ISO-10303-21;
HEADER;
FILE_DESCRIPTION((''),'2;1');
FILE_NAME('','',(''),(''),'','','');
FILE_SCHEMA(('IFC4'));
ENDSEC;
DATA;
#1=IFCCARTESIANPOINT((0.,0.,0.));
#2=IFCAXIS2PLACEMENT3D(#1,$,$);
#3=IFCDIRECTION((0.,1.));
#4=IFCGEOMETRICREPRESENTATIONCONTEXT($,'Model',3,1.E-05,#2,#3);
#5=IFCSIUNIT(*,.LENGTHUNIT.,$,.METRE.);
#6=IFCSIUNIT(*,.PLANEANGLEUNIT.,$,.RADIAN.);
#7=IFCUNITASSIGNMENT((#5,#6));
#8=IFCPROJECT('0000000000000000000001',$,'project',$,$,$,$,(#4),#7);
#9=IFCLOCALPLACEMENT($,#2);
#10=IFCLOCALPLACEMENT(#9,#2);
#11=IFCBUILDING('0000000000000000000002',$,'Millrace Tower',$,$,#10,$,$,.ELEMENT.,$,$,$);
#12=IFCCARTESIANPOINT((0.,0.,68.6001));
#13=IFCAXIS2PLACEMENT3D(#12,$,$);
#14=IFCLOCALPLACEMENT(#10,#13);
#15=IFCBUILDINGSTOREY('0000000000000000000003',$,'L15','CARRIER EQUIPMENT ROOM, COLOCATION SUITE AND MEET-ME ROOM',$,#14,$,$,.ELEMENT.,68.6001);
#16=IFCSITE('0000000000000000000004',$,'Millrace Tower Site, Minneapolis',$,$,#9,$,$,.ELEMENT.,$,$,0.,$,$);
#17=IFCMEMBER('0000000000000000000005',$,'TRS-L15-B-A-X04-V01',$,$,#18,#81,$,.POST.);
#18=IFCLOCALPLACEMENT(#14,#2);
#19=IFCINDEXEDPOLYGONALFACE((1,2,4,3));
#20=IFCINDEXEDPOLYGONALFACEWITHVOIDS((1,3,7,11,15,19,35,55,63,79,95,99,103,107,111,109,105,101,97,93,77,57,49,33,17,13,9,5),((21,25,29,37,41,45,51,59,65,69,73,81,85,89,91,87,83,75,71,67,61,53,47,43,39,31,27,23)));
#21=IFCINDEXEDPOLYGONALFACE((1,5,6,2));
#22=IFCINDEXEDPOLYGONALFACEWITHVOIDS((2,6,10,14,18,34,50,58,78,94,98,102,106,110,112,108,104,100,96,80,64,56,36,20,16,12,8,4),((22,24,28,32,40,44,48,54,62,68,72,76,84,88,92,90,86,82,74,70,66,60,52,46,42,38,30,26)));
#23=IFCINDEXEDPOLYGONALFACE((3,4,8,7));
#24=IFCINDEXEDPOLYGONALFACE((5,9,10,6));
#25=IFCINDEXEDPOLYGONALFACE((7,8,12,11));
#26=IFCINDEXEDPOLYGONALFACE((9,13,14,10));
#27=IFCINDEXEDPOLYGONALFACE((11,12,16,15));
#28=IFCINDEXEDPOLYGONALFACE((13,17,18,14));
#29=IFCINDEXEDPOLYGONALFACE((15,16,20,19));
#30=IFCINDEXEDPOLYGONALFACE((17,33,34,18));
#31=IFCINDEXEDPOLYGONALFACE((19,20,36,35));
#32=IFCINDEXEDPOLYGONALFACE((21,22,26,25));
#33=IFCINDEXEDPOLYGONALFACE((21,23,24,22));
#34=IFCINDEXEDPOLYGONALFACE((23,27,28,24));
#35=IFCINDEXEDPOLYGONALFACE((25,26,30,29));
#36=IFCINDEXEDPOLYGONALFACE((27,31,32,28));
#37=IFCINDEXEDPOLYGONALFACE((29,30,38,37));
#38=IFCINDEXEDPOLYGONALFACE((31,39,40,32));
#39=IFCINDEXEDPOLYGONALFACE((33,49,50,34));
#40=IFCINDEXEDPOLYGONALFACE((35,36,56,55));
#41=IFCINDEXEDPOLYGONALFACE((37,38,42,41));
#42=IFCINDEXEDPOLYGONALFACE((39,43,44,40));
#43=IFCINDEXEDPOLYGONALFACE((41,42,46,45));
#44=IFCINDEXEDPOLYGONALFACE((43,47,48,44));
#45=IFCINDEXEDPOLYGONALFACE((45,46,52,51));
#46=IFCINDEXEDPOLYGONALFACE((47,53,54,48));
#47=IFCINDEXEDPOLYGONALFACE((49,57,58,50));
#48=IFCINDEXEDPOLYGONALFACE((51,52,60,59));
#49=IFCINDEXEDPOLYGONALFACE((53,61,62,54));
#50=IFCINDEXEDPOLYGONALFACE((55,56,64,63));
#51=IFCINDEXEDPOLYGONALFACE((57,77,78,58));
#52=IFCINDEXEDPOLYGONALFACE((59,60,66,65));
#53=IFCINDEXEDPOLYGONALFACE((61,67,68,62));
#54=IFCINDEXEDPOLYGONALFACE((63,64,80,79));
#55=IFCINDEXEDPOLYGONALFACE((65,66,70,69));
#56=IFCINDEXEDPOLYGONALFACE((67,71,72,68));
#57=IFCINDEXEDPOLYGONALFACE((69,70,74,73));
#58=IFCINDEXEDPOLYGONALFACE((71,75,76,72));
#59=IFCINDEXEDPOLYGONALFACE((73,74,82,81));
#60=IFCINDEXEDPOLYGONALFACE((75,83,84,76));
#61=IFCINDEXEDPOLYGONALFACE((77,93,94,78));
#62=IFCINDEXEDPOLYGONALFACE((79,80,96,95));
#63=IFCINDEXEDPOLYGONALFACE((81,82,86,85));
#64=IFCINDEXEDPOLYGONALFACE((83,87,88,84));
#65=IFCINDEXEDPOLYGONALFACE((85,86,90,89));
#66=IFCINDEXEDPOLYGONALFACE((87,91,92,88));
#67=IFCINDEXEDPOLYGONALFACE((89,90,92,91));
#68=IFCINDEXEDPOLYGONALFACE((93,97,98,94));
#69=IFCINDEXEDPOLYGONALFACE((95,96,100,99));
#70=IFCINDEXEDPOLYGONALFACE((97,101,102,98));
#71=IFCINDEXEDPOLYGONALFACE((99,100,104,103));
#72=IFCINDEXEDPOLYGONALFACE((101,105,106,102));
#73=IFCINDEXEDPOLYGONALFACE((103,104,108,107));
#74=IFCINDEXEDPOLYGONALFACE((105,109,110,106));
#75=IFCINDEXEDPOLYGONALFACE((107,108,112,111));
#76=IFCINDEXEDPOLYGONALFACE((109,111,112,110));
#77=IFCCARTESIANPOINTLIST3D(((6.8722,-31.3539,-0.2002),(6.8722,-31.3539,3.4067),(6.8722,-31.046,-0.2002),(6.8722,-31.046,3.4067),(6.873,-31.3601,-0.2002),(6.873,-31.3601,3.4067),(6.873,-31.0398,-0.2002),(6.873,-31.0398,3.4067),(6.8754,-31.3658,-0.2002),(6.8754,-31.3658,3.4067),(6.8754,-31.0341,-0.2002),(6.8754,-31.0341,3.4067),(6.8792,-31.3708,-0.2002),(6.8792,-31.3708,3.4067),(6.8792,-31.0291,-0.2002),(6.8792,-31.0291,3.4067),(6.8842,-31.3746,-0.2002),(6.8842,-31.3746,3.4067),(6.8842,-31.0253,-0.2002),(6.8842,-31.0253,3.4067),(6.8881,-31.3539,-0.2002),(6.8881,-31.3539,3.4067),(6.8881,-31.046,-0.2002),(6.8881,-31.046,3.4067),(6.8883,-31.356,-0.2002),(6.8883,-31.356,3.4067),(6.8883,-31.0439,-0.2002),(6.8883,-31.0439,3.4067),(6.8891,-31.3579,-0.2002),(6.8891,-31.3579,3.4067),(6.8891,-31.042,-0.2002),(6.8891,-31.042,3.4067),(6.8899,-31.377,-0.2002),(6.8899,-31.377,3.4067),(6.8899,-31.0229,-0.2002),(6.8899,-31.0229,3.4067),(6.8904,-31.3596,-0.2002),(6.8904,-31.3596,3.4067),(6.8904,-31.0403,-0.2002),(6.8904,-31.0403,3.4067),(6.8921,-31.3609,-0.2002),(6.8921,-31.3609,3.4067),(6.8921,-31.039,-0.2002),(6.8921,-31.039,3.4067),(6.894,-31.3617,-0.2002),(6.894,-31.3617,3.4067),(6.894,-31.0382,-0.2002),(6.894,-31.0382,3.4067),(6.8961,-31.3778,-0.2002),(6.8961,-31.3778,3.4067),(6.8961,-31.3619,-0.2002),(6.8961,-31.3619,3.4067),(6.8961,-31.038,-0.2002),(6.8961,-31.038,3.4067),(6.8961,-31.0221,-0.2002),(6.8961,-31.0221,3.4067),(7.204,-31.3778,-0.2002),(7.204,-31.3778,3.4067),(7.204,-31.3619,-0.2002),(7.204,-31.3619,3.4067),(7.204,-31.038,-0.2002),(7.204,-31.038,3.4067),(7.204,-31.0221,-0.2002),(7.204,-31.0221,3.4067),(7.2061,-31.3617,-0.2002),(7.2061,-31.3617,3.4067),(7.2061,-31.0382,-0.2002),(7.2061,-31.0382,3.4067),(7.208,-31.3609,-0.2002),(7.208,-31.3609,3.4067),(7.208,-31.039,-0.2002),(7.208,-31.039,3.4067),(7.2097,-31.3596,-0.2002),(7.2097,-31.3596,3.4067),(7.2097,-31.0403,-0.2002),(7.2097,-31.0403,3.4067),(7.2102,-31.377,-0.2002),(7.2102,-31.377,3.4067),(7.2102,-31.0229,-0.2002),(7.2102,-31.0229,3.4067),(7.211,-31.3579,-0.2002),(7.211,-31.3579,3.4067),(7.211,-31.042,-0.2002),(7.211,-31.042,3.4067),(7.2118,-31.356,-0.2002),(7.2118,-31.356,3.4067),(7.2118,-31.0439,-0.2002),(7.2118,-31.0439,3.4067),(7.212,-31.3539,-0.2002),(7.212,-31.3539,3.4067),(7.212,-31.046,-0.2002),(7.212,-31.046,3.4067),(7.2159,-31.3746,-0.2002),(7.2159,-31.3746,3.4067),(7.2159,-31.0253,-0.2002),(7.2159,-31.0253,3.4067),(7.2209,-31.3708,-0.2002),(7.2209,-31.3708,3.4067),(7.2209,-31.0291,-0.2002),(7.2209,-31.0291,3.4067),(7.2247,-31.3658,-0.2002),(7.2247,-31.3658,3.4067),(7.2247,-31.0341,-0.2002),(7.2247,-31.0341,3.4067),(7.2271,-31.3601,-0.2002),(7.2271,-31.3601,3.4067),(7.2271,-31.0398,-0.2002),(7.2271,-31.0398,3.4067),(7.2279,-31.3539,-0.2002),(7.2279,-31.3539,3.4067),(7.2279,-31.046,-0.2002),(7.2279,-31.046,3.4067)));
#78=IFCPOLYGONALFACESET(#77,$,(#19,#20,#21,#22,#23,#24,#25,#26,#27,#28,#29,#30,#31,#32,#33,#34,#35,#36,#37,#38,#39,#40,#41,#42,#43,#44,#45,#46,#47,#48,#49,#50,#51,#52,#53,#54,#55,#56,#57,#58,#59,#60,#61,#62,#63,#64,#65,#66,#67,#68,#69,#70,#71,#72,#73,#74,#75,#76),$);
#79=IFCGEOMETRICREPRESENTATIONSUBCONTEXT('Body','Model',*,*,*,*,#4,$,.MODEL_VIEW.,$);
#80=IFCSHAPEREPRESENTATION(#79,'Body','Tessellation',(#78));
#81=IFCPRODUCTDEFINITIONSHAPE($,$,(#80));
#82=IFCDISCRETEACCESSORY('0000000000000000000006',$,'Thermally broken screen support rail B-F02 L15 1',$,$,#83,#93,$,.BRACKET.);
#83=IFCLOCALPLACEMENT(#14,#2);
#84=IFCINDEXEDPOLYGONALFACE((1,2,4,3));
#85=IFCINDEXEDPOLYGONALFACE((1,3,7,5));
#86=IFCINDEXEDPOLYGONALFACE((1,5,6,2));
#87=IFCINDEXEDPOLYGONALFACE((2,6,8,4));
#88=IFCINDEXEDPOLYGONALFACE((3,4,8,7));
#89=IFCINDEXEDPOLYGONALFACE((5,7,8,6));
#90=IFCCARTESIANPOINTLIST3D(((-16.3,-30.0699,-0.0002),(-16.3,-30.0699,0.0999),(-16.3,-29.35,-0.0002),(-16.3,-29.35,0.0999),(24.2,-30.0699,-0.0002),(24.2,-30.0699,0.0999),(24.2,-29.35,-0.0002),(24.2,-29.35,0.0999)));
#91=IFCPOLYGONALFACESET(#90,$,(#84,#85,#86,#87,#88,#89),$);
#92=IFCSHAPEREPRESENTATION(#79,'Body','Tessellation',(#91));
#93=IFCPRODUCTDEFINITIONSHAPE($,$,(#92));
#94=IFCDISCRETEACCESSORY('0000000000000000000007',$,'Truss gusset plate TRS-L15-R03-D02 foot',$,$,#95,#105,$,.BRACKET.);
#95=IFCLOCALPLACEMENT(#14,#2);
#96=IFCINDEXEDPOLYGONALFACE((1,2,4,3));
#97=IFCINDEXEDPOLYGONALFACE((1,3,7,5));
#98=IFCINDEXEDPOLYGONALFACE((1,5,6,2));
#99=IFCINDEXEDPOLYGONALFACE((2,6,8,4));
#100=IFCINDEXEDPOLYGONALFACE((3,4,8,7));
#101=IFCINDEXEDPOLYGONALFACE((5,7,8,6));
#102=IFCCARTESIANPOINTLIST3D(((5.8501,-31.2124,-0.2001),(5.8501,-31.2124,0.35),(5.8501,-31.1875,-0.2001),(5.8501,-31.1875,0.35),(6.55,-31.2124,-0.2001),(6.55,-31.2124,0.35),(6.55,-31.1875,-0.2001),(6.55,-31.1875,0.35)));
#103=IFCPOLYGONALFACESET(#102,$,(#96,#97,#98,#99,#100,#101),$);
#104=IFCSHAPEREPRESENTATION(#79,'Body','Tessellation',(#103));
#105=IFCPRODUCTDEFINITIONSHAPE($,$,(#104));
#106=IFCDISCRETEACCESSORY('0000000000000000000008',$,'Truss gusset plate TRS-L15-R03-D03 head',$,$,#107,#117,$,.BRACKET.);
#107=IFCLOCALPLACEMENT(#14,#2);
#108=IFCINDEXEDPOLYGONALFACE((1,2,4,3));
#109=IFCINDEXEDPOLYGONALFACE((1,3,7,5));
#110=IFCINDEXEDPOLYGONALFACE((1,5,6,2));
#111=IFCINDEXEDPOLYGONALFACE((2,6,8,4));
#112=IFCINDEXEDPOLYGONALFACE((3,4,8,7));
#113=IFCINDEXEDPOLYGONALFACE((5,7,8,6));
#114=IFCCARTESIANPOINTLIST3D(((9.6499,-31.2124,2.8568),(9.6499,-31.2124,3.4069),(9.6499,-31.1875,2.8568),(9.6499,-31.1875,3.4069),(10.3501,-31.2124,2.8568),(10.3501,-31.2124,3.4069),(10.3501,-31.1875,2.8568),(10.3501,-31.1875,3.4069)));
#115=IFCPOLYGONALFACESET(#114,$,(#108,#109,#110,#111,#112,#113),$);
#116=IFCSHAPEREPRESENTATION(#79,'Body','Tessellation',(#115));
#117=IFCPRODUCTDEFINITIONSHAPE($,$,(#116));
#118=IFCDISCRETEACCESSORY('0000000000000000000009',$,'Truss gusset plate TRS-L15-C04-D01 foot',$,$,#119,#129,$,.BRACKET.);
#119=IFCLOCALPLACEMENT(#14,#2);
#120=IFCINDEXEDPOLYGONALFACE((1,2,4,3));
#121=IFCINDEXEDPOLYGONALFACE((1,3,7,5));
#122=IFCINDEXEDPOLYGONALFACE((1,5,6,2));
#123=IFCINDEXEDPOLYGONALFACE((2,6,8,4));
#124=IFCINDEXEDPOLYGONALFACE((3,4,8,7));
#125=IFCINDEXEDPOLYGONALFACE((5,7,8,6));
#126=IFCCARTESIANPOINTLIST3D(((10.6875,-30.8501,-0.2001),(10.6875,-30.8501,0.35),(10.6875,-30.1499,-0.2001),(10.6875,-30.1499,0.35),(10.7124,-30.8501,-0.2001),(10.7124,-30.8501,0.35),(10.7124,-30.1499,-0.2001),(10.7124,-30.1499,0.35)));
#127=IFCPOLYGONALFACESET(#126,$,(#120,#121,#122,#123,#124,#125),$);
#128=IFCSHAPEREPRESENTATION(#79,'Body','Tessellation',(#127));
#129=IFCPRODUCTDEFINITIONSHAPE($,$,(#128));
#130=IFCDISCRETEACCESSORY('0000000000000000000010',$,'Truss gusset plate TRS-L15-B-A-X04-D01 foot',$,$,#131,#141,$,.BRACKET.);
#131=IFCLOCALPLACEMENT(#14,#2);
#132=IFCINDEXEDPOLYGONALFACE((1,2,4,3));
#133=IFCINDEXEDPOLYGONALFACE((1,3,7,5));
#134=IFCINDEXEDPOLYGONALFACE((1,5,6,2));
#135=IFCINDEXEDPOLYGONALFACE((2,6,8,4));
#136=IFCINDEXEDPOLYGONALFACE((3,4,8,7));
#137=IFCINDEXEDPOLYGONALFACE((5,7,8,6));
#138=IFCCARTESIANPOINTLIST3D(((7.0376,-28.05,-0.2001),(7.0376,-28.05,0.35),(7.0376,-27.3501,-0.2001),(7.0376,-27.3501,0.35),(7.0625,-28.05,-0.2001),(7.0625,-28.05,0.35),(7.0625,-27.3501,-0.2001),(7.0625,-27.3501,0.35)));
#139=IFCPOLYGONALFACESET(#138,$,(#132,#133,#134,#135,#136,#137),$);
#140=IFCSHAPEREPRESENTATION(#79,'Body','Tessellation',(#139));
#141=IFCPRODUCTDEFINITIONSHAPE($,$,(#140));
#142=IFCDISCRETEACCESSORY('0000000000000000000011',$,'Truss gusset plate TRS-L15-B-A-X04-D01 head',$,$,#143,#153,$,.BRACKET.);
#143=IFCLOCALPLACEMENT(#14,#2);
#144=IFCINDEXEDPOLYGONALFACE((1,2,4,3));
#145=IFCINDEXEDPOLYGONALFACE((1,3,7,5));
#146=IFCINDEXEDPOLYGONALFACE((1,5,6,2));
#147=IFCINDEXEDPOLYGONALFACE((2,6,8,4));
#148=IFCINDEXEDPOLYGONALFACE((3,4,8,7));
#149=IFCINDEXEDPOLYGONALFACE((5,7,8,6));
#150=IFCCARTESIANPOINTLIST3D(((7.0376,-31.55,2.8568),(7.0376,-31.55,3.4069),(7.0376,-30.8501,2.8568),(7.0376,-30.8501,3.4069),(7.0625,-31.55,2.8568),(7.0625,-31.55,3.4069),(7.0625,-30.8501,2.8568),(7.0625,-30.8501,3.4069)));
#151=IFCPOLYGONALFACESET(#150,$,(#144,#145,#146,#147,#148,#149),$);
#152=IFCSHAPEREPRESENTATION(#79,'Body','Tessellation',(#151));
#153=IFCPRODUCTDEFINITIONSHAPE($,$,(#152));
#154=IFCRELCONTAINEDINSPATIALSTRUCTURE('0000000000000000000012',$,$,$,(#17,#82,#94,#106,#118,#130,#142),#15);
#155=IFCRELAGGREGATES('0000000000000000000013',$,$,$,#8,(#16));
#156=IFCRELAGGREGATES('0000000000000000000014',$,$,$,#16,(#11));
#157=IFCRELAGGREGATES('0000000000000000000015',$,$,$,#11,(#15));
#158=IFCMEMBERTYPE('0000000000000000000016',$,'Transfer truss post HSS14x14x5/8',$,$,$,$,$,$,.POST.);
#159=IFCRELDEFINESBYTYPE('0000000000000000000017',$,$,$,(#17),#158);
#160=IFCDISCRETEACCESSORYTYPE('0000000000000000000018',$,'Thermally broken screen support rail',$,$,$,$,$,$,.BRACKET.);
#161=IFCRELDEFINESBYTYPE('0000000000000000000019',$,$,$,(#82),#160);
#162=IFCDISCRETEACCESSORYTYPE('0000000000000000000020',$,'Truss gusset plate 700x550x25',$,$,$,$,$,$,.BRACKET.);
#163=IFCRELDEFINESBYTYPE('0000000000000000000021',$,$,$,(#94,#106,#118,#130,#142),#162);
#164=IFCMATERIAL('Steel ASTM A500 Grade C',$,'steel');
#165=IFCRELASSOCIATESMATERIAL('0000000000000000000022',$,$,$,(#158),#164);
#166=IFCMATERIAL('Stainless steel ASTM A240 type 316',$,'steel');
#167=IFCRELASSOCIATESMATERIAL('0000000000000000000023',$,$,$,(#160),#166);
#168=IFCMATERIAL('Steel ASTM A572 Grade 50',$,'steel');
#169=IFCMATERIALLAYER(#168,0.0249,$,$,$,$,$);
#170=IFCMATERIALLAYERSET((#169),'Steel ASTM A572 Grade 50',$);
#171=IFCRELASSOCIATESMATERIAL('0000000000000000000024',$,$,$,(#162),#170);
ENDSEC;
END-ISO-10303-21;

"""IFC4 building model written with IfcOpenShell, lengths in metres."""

from ifc_helpers import new_model, si_unit, direction, frame, origin, origin_2d, place, context, subcontext, project, spatial, rectangle, hollow_rectangle, extrude, material, layer, layer_set, material_profile, profile_set, type_object, element, save


model = new_model("IFC4")

# Units and contexts
model_context = context("Model", 3, precision=1e-05, world=origin(), true_north=direction((0.0, 1.0)))
body_context = subcontext(model_context, "Body", "Model", "MODEL_VIEW")
ifc_project = project(units=[si_unit("LENGTHUNIT", "METRE"), si_unit("PLANEANGLEUNIT", "RADIAN")], contexts=[model_context])

# Site, building, storey
site_placement = place(None, origin())
site = spatial("IfcSite", under=ifc_project, at=site_placement, Name="Millrace Tower Site, Minneapolis", CompositionType="ELEMENT", RefElevation=0.0)
building_placement = place(site_placement, origin())
building = spatial("IfcBuilding", under=site, at=building_placement, Name="Millrace Tower", CompositionType="ELEMENT")
storey_placement = place(building_placement, frame((0.0, 0.0, 68.6001)))
storey = spatial("IfcBuildingStorey", under=building, at=storey_placement, Name="L15", Description="CARRIER EQUIPMENT ROOM, COLOCATION SUITE AND MEET-ME ROOM", CompositionType="ELEMENT", Elevation=68.6001)

# Member
ifc_material_1 = material(Name="Steel ASTM A500 Grade C", Category="steel")
ifc_material_profile_1 = material_profile(ifc_material_1, hollow_rectangle(XDim=0.3557, YDim=0.3557, WallThickness=0.0159, InnerFilletRadius=0.0081, OuterFilletRadius=0.0239, at=origin_2d()))
ifc_profile_set_1 = profile_set([ifc_material_profile_1], Name="Steel ASTM A500 Grade C")
member_type_1 = type_object("IfcMemberType", Name="Transfer truss post HSS14x14x5/8", PredefinedType="POST", material=ifc_profile_set_1)
for number, where, z_axis, x_axis, name in (
    (1, (7.05, -31.2, -0.2002), (0.0, 0.0, 1.0), (1.0, 0.0, 0.0), "TRS-L15-B-A-X04-V01"),
):
    element("IfcMember", number, at=place(storey_placement, frame(where, z_axis=z_axis, x_axis=x_axis)), inside=storey, type_object=member_type_1, Name=name, PredefinedType="POST", context=body_context, shape_type="SweptSolid", body=[
        extrude(hollow_rectangle(XDim=0.3557, YDim=0.3557, WallThickness=0.0159, InnerFilletRadius=0.0081, OuterFilletRadius=0.0239, at=origin_2d()), origin(), (0.0, 0.0, 1.0), 3.6069),
    ])

# Discrete accessories
ifc_material_2 = material(Name="Stainless steel ASTM A240 type 316", Category="steel")
discrete_accessory_type_1 = type_object("IfcDiscreteAccessoryType", Name="Thermally broken screen support rail", PredefinedType="BRACKET", material=ifc_material_2)
discrete_accessory_1_placement = place(storey_placement, frame((3.95, -29.71, -0.0002), z_axis=(0.0, 0.0, 1.0), x_axis=(1.0, 0.0, 0.0)))
element("IfcDiscreteAccessory", 2, at=discrete_accessory_1_placement, inside=storey, type_object=discrete_accessory_type_1, Name="Thermally broken screen support rail B-F02 L15 1", PredefinedType="BRACKET", context=body_context, shape_type="SweptSolid", body=[
    extrude(rectangle(XDim=40.5, YDim=0.72, at=origin_2d()), origin(), (0.0, 0.0, 1.0), 0.1001),
])
ifc_material_3 = material(Name="Steel ASTM A572 Grade 50", Category="steel")
ifc_layer_1 = layer(ifc_material_3, 0.0249)
ifc_layer_set_1 = layer_set([ifc_layer_1], Name="Steel ASTM A572 Grade 50")
discrete_accessory_type_2 = type_object("IfcDiscreteAccessoryType", Name="Truss gusset plate 700x550x25", PredefinedType="BRACKET", material=ifc_layer_set_1)
discrete_accessory_2_placement = place(storey_placement, frame((5.8501, -31.2, 0.075), z_axis=(1.0, 0.0, 0.0), x_axis=(0.0, 1.0, 0.0)))
element("IfcDiscreteAccessory", 3, at=discrete_accessory_2_placement, inside=storey, type_object=discrete_accessory_type_2, Name="Truss gusset plate TRS-L15-R03-D02 foot", PredefinedType="BRACKET", context=body_context, shape_type="SweptSolid", body=[
    extrude(rectangle(XDim=0.0249, YDim=0.55, at=origin_2d()), origin(), (0.0, 0.0, 1.0), 0.7),
])
for number, where, z_axis, x_axis, name in (
    (4, (9.6499, -31.2, 3.1318), (1.0, 0.0, 0.0), (0.0, 1.0, 0.0), "Truss gusset plate TRS-L15-R03-D03 head"),
    (5, (10.7, -30.8501, 0.075), (0.0, 1.0, 0.0), (-1.0, 0.0, 0.0), "Truss gusset plate TRS-L15-C04-D01 foot"),
):
    element("IfcDiscreteAccessory", number, at=place(storey_placement, frame(where, z_axis=z_axis, x_axis=x_axis)), inside=storey, type_object=discrete_accessory_type_2, Name=name, PredefinedType="BRACKET", context=body_context, shape_type="SweptSolid", body=[
        extrude(rectangle(XDim=0.0249, YDim=0.55, at=origin_2d()), origin(), (0.0, 0.0, 1.0), 0.7002),
    ])
for number, where, z_axis, x_axis, name in (
    (6, (7.05, -28.05, 0.075), (0.0, 1.0, 0.0), (-1.0, 0.0, 0.0), "Truss gusset plate TRS-L15-B-A-X04-D01 foot"),
    (7, (7.05, -31.55, 3.1318), (0.0, 1.0, 0.0), (-1.0, 0.0, 0.0), "Truss gusset plate TRS-L15-B-A-X04-D01 head"),
):
    element("IfcDiscreteAccessory", number, at=place(storey_placement, frame(where, z_axis=z_axis, x_axis=x_axis)), inside=storey, type_object=discrete_accessory_type_2, Name=name, PredefinedType="BRACKET", context=body_context, shape_type="SweptSolid", body=[
        extrude(rectangle(XDim=0.0249, YDim=0.55, at=origin_2d()), origin(), (0.0, 0.0, 1.0), 0.7),
    ])

save(model, "model.ifc")
